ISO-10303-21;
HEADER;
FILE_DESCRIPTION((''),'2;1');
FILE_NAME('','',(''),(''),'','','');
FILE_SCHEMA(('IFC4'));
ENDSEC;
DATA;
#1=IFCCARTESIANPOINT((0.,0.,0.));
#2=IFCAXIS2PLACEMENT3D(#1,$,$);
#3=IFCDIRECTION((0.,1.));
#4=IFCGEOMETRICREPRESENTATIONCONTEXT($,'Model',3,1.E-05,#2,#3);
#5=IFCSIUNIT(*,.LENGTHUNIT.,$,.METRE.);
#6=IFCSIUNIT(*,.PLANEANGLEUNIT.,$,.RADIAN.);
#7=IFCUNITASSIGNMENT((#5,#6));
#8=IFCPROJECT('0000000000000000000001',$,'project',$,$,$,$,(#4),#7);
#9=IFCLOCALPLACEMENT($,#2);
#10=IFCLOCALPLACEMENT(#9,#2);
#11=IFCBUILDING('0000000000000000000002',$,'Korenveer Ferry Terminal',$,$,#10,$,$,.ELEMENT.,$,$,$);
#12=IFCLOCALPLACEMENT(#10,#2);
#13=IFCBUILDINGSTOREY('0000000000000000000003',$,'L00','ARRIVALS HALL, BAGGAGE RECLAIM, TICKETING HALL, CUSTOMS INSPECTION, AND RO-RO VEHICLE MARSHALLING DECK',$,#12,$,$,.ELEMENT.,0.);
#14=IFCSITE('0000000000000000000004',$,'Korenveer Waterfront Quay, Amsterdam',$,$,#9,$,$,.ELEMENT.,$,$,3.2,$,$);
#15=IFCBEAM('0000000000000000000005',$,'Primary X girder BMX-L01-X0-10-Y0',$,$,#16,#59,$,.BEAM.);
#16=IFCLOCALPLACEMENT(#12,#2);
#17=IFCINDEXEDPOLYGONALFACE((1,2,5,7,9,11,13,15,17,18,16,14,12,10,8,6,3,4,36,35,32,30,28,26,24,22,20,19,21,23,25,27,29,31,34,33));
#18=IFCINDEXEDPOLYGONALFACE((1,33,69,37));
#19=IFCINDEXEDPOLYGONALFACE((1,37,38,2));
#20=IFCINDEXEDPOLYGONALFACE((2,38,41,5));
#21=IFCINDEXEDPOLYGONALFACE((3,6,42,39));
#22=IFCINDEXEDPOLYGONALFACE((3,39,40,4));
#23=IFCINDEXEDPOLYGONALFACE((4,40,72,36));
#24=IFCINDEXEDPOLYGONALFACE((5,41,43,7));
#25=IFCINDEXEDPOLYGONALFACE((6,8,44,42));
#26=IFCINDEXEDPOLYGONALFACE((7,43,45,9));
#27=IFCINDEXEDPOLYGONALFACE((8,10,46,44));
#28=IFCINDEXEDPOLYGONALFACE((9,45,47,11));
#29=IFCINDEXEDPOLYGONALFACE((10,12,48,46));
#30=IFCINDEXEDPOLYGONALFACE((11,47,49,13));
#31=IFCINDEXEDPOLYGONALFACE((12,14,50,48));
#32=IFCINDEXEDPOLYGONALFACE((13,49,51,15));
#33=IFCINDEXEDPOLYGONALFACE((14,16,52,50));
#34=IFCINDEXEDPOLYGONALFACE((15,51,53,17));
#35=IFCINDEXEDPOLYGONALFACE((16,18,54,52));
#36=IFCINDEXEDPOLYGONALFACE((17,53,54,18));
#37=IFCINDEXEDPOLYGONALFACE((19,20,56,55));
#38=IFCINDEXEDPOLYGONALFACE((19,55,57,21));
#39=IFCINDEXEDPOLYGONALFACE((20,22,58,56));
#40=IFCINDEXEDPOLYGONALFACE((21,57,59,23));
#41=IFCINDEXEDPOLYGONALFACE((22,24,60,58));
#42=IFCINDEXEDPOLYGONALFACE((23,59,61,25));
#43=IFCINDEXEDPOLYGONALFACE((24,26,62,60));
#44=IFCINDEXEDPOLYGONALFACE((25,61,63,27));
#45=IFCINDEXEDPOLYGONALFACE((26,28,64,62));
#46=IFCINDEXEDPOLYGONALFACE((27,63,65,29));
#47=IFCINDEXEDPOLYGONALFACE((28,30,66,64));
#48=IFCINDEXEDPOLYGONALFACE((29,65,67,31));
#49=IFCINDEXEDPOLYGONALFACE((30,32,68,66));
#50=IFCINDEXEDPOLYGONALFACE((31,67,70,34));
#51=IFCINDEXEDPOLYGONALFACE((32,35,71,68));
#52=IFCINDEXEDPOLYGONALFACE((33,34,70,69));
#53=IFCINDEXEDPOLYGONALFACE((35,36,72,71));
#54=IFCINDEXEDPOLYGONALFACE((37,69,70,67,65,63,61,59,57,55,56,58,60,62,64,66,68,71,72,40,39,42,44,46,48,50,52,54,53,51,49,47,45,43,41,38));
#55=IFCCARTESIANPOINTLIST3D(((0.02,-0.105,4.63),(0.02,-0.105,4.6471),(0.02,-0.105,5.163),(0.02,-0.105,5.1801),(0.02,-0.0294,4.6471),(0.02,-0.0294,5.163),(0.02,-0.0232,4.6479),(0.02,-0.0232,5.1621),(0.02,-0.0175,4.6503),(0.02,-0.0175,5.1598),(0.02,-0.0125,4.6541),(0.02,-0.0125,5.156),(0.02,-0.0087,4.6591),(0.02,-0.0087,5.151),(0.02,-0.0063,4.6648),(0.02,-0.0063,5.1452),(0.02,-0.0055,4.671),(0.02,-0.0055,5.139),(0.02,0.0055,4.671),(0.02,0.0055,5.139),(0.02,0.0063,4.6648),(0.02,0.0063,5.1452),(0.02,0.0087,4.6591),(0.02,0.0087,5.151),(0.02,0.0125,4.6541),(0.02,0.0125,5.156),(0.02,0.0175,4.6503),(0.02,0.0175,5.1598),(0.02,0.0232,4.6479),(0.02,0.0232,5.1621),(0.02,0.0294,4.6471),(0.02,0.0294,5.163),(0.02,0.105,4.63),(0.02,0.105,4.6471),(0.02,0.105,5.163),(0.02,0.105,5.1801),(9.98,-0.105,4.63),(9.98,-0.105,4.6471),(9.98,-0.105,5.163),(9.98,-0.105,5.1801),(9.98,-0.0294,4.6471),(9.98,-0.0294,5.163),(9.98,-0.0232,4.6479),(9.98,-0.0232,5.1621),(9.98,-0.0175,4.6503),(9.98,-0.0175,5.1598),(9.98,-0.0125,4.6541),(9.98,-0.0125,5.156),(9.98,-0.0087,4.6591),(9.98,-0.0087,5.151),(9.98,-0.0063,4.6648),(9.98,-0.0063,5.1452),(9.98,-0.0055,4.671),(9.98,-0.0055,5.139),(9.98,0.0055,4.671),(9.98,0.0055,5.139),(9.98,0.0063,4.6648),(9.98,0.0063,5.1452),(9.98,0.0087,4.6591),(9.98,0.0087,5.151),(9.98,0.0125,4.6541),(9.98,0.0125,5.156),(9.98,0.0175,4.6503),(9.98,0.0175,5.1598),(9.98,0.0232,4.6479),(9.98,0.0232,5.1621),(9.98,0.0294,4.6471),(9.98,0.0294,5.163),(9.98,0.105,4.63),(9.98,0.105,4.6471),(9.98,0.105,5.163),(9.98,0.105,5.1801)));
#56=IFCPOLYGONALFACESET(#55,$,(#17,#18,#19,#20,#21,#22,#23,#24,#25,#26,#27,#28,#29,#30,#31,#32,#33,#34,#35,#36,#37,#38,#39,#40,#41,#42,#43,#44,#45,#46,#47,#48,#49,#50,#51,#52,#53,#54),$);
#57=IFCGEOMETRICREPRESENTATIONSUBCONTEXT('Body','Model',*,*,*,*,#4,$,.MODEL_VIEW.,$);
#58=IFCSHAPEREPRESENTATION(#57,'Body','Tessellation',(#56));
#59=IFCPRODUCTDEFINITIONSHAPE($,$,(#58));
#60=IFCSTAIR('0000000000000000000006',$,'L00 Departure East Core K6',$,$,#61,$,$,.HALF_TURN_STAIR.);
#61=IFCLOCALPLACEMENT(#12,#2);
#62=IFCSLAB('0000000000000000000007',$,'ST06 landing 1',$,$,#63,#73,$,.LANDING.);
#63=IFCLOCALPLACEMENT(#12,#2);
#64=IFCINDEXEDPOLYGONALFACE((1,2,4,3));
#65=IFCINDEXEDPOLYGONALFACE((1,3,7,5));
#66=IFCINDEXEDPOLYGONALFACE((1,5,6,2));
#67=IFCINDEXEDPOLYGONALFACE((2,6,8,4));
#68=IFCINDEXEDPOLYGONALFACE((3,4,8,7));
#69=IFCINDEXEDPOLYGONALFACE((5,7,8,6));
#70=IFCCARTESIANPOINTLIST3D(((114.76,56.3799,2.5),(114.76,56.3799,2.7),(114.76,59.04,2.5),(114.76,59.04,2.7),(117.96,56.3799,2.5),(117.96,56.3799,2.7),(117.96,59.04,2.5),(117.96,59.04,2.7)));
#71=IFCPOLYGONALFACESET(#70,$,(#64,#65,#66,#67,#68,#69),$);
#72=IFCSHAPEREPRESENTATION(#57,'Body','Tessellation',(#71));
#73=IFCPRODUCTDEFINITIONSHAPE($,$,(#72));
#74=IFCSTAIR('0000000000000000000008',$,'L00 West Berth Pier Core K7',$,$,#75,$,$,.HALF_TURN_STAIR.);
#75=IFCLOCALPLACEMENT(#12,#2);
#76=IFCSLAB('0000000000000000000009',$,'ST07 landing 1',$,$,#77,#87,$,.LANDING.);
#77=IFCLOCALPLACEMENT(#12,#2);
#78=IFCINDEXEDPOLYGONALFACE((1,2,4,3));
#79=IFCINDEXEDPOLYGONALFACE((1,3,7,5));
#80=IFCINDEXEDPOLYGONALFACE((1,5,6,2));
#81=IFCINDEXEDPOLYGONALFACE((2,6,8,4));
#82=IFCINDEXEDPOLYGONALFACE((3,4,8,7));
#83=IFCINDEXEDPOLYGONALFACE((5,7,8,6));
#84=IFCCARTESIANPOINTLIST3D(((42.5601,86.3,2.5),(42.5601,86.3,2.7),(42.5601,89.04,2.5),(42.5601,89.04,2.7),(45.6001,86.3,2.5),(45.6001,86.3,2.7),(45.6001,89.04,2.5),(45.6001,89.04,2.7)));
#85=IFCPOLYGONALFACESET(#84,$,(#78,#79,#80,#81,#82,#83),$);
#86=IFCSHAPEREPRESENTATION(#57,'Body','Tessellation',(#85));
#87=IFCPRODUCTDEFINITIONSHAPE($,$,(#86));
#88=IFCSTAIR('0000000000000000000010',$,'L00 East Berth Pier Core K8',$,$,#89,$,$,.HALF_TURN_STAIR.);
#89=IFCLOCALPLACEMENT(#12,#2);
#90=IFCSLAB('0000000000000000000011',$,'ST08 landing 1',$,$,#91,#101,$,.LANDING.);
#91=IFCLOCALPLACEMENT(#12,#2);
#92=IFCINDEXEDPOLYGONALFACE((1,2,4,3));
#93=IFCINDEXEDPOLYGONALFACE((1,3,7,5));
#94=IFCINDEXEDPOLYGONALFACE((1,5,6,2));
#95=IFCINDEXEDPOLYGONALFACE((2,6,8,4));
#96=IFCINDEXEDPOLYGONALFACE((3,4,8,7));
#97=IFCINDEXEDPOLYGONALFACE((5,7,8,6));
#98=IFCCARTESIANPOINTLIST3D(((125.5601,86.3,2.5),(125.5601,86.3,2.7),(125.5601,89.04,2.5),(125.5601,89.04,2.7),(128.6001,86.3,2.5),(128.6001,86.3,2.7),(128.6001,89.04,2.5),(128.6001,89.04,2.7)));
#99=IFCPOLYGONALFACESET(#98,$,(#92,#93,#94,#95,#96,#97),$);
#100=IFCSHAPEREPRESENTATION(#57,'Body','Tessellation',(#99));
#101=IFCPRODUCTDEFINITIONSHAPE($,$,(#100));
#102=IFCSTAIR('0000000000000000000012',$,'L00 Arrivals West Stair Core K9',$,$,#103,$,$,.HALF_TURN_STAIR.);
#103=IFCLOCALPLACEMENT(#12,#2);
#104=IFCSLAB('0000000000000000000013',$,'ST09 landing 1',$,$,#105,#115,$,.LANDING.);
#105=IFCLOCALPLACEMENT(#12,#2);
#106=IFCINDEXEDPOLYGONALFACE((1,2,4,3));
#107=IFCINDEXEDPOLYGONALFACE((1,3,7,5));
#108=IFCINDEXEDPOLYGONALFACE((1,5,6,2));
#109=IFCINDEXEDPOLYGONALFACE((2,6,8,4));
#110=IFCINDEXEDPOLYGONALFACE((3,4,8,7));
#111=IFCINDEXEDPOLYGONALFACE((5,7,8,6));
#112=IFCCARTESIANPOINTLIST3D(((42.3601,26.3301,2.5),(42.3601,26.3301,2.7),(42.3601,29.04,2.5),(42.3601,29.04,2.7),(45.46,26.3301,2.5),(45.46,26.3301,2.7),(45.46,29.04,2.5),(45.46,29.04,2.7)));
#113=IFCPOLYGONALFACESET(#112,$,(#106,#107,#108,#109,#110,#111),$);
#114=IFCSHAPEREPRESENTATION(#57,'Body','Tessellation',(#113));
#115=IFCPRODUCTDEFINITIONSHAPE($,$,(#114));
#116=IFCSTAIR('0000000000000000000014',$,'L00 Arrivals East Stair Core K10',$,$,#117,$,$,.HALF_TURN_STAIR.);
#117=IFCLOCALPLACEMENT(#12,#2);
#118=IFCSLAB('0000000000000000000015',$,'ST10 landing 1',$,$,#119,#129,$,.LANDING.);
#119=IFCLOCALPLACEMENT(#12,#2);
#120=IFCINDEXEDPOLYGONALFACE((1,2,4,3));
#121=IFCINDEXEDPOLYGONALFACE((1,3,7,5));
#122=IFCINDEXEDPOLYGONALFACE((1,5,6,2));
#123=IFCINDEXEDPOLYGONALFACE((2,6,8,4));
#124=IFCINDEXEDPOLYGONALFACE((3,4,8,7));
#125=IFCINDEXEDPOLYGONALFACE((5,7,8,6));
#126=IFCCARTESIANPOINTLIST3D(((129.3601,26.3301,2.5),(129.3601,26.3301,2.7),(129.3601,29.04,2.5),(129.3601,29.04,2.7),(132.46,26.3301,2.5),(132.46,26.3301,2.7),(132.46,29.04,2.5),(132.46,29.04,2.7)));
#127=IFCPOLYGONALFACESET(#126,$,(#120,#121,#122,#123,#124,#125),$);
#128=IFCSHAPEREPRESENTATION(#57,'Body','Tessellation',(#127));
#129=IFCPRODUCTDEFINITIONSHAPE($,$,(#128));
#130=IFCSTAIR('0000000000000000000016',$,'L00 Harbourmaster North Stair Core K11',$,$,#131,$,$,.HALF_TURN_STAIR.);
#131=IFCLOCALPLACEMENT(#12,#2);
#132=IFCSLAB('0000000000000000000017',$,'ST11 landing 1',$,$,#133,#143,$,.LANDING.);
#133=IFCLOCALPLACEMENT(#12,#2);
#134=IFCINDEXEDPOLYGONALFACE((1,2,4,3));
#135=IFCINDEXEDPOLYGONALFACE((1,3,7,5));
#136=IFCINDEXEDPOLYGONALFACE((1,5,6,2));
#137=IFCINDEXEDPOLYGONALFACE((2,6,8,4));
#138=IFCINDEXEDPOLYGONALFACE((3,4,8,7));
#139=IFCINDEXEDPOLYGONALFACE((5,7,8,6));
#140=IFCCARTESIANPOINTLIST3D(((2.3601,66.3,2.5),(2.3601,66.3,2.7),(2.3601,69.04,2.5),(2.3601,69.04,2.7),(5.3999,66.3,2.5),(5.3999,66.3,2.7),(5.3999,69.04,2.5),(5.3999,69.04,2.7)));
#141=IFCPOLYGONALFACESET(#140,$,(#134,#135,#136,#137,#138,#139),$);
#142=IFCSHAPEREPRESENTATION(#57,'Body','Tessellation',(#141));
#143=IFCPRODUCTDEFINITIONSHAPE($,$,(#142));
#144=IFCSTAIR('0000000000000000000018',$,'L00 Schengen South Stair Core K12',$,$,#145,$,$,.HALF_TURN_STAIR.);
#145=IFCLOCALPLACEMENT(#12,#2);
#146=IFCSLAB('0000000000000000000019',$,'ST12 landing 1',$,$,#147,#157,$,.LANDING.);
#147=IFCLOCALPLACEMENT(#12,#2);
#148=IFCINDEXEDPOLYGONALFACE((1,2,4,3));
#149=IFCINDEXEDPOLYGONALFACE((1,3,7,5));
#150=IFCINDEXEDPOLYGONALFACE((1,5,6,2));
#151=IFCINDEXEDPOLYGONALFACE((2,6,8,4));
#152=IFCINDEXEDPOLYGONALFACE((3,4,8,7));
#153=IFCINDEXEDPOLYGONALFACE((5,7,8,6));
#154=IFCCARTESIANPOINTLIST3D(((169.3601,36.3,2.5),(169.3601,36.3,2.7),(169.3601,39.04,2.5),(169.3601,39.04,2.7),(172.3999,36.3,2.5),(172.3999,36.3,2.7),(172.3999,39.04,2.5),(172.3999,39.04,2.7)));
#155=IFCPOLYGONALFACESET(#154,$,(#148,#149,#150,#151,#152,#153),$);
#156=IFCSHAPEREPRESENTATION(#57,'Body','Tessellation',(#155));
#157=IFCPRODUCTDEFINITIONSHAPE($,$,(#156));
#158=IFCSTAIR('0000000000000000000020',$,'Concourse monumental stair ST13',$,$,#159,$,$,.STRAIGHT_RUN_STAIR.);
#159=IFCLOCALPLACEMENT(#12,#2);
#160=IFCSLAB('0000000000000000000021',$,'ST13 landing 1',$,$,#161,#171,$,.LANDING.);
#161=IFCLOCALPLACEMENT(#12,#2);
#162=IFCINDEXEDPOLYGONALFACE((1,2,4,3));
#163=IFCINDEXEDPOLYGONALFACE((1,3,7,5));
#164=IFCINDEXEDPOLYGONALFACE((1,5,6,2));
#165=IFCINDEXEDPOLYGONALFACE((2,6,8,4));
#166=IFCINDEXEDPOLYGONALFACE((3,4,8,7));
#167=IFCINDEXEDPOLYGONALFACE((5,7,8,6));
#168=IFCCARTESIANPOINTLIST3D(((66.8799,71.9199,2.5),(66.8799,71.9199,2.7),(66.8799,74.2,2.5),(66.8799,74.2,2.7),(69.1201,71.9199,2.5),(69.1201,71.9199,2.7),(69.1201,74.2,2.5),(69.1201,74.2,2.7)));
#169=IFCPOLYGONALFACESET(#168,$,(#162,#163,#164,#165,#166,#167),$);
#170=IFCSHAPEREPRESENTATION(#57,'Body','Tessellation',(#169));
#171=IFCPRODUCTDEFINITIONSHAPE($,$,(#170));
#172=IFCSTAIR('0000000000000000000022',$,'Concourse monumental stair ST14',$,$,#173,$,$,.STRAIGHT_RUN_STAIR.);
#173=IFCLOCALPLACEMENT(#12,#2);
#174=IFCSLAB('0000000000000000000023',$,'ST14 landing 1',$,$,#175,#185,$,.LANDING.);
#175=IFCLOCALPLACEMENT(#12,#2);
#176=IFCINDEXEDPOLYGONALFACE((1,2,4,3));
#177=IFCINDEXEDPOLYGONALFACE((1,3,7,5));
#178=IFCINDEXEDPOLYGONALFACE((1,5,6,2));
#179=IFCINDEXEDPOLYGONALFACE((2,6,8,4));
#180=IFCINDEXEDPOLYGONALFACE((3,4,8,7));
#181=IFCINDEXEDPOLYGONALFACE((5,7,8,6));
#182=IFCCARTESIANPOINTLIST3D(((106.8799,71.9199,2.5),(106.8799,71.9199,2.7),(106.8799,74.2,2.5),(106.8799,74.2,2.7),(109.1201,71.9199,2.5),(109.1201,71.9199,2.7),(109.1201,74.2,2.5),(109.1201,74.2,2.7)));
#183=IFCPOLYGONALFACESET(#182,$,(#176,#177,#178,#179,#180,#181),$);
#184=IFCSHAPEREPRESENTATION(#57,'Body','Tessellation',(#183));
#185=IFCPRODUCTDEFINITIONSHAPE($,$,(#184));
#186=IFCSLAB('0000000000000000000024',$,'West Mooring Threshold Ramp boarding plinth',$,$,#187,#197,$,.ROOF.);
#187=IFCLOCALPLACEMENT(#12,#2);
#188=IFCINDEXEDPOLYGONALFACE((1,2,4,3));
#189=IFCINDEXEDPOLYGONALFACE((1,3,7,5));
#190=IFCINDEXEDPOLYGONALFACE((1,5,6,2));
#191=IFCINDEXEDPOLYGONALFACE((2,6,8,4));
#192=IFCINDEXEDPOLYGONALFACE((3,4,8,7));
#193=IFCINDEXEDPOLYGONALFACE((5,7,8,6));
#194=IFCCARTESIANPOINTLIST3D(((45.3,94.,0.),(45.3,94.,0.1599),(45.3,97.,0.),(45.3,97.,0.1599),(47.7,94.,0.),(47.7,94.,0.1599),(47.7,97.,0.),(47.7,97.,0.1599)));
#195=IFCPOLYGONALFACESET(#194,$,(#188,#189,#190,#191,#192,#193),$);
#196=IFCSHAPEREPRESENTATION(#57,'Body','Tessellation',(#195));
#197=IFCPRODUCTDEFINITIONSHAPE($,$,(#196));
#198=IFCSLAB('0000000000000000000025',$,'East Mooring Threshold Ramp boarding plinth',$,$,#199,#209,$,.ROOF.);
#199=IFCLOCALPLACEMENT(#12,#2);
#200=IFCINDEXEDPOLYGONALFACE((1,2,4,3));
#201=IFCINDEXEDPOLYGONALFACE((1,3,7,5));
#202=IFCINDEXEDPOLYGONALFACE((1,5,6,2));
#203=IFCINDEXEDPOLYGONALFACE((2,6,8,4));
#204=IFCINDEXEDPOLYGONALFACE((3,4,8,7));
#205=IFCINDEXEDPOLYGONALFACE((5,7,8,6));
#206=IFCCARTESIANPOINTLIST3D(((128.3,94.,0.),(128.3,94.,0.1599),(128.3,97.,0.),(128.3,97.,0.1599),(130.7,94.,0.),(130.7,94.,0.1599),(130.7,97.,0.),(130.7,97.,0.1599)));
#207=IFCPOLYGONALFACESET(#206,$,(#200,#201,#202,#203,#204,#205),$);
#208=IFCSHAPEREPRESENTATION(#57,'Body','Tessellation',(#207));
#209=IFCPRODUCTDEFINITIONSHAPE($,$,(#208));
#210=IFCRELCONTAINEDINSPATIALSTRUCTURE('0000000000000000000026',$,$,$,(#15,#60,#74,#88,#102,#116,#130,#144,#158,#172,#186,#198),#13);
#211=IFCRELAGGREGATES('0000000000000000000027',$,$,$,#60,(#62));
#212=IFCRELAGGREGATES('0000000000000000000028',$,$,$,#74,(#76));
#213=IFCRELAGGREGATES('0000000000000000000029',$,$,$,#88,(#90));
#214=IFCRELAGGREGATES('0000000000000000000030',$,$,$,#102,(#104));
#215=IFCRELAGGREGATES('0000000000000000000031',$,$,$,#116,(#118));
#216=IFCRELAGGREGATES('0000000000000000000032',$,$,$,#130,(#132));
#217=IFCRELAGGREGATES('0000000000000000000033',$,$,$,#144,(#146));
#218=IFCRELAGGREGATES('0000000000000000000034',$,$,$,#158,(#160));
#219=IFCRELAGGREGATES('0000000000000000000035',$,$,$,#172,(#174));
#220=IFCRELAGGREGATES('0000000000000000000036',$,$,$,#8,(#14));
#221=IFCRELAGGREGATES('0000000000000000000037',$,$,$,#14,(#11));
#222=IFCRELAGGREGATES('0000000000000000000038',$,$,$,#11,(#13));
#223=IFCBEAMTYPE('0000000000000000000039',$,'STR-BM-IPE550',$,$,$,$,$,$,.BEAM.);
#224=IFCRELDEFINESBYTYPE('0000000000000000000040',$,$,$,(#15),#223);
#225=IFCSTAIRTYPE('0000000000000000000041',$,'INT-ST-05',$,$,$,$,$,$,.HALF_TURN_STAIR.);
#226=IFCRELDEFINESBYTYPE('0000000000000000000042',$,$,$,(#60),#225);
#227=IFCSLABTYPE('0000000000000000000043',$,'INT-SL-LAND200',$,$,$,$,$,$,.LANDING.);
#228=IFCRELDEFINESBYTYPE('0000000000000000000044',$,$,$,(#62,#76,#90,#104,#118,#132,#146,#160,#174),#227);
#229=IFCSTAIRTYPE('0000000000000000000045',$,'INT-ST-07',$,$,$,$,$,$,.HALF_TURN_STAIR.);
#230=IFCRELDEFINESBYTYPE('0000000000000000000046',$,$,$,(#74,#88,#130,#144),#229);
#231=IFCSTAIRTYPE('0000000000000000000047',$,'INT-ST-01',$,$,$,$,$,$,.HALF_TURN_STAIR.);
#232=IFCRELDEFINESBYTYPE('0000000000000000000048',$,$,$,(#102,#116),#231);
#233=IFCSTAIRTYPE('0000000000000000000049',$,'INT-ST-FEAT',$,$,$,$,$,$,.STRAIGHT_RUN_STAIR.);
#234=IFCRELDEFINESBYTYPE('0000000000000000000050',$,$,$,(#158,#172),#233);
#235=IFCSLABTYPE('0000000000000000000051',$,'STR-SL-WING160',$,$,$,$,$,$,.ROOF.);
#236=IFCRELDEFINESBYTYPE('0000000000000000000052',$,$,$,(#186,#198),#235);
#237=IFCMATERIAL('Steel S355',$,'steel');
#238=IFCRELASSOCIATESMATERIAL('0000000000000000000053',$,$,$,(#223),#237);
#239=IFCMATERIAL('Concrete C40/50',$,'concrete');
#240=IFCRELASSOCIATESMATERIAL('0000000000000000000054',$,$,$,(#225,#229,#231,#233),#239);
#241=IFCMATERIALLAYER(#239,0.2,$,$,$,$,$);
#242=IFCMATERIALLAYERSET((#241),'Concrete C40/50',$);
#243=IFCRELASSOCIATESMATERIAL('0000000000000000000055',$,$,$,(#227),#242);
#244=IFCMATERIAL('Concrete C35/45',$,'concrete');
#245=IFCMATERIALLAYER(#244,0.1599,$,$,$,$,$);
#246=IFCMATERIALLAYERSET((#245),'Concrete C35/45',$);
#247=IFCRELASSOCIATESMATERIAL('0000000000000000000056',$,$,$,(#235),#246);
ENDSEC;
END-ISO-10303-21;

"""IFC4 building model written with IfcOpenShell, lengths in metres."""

from ifc_helpers import new_model, si_unit, direction, frame, origin, origin_2d, place, context, subcontext, project, spatial, polyline, i_section, outline, extrude, material, layer, layer_set, material_profile, profile_set, type_object, element, aggregate, save


model = new_model("IFC4")

# Units and contexts
model_context = context("Model", 3, precision=1e-05, world=origin(), true_north=direction((0.0, 1.0)))
body_context = subcontext(model_context, "Body", "Model", "MODEL_VIEW")
ifc_project = project(units=[si_unit("LENGTHUNIT", "METRE"), si_unit("PLANEANGLEUNIT", "RADIAN")], contexts=[model_context])

# Site, building, storey
site_placement = place(None, origin())
site = spatial("IfcSite", under=ifc_project, at=site_placement, Name="Korenveer Waterfront Quay, Amsterdam", CompositionType="ELEMENT", RefElevation=3.2)
building_placement = place(site_placement, origin())
building = spatial("IfcBuilding", under=site, at=building_placement, Name="Korenveer Ferry Terminal", CompositionType="ELEMENT")
storey_placement = place(building_placement, origin())
storey = spatial("IfcBuildingStorey", under=building, at=storey_placement, Name="L00", Description="ARRIVALS HALL, BAGGAGE RECLAIM, TICKETING HALL, CUSTOMS INSPECTION, AND RO-RO VEHICLE MARSHALLING DECK", CompositionType="ELEMENT", Elevation=0.0)

# Beam
ifc_material_1 = material(Name="Steel S355", Category="steel")
ifc_material_profile = material_profile(ifc_material_1, i_section(OverallWidth=0.21, OverallDepth=0.55, WebThickness=0.011, FlangeThickness=0.0171, FilletRadius=0.0239, at=origin_2d()), Name="IPE 550")
ifc_profile_set = profile_set([ifc_material_profile], Name="Steel S355")
beam_type = type_object("IfcBeamType", Name="STR-BM-IPE550", PredefinedType="BEAM", material=ifc_profile_set)
beam_placement = place(storey_placement, frame((0.02, 0.0, 4.905), z_axis=(1.0, 0.0, 0.0), x_axis=(0.0, 1.0, 0.0)))
element("IfcBeam", 1, at=beam_placement, inside=storey, type_object=beam_type, Name="Primary X girder BMX-L01-X0-10-Y0", PredefinedType="BEAM", context=body_context, shape_type="SweptSolid", body=[
    extrude(i_section(OverallWidth=0.21, OverallDepth=0.55, WebThickness=0.011, FlangeThickness=0.0171, FilletRadius=0.0239, at=origin_2d()), origin(), (0.0, 0.0, 1.0), 9.96),
])

# Stairs, slabs
ifc_material_2 = material(Name="Concrete C40/50", Category="concrete")
stair_type_1 = type_object("IfcStairType", Name="INT-ST-05", PredefinedType="HALF_TURN_STAIR", material=ifc_material_2)
stair_1_placement = place(storey_placement, frame((117.21, 52.46, 0.0)))
stair_1 = element("IfcStair", 2, at=stair_1_placement, inside=storey, type_object=stair_type_1, Name="L00 Departure East Core K6", PredefinedType="HALF_TURN_STAIR")
ifc_layer_1 = layer(ifc_material_2, 0.2)
ifc_layer_set_1 = layer_set([ifc_layer_1], Name="Concrete C40/50")
slab_type_1 = type_object("IfcSlabType", Name="INT-SL-LAND200", PredefinedType="LANDING", material=ifc_layer_set_1)
slab_1_placement = place(storey_placement, frame((0.0, 0.0, 2.5)))
slab_1 = element("IfcSlab", 3, at=slab_1_placement, type_object=slab_type_1, Name="ST06 landing 1", PredefinedType="LANDING", context=body_context, shape_type="SweptSolid", body=[
    extrude(outline(polyline([(117.96, 56.3799), (117.96, 59.04), (114.76, 59.04), (114.76, 56.3799), (117.96, 56.3799)])), origin(), (0.0, 0.0, 1.0), 0.2),
])
aggregate(stair_1, [slab_1])
stair_type_2 = type_object("IfcStairType", Name="INT-ST-07", PredefinedType="HALF_TURN_STAIR", material=ifc_material_2)
stair_2_placement = place(storey_placement, frame((44.8899, 82.3799, 0.0)))
stair_2 = element("IfcStair", 4, at=stair_2_placement, inside=storey, type_object=stair_type_2, Name="L00 West Berth Pier Core K7", PredefinedType="HALF_TURN_STAIR")
slab_2_placement = place(storey_placement, frame((0.0, 0.0, 2.5)))
slab_2 = element("IfcSlab", 5, at=slab_2_placement, type_object=slab_type_1, Name="ST07 landing 1", PredefinedType="LANDING", context=body_context, shape_type="SweptSolid", body=[
    extrude(outline(polyline([(45.6001, 86.3), (45.6001, 89.04), (42.5601, 89.04), (42.5601, 86.3), (45.6001, 86.3)])), origin(), (0.0, 0.0, 1.0), 0.2),
])
aggregate(stair_2, [slab_2])
stair_3_placement = place(storey_placement, frame((127.8899, 82.3799, 0.0)))
stair_3 = element("IfcStair", 6, at=stair_3_placement, inside=storey, type_object=stair_type_2, Name="L00 East Berth Pier Core K8", PredefinedType="HALF_TURN_STAIR")
slab_3_placement = place(storey_placement, frame((0.0, 0.0, 2.5)))
slab_3 = element("IfcSlab", 7, at=slab_3_placement, type_object=slab_type_1, Name="ST08 landing 1", PredefinedType="LANDING", context=body_context, shape_type="SweptSolid", body=[
    extrude(outline(polyline([(128.6001, 86.3), (128.6001, 89.04), (125.5601, 89.04), (125.5601, 86.3), (128.6001, 86.3)])), origin(), (0.0, 0.0, 1.0), 0.2),
])
aggregate(stair_3, [slab_3])
stair_type_3 = type_object("IfcStairType", Name="INT-ST-01", PredefinedType="HALF_TURN_STAIR", material=ifc_material_2)
stair_4_placement = place(storey_placement, frame((44.7351, 22.4099, 0.0)))
stair_4 = element("IfcStair", 8, at=stair_4_placement, inside=storey, type_object=stair_type_3, Name="L00 Arrivals West Stair Core K9", PredefinedType="HALF_TURN_STAIR")
slab_4_placement = place(storey_placement, frame((0.0, 0.0, 2.5)))
slab_4 = element("IfcSlab", 9, at=slab_4_placement, type_object=slab_type_1, Name="ST09 landing 1", PredefinedType="LANDING", context=body_context, shape_type="SweptSolid", body=[
    extrude(outline(polyline([(45.46, 26.3301), (45.46, 29.04), (42.3601, 29.04), (42.3601, 26.3301), (45.46, 26.3301)])), origin(), (0.0, 0.0, 1.0), 0.2),
])
aggregate(stair_4, [slab_4])
stair_5_placement = place(storey_placement, frame((131.7351, 22.4099, 0.0)))
stair_5 = element("IfcStair", 10, at=stair_5_placement, inside=storey, type_object=stair_type_3, Name="L00 Arrivals East Stair Core K10", PredefinedType="HALF_TURN_STAIR")
slab_5_placement = place(storey_placement, frame((0.0, 0.0, 2.5)))
slab_5 = element("IfcSlab", 11, at=slab_5_placement, type_object=slab_type_1, Name="ST10 landing 1", PredefinedType="LANDING", context=body_context, shape_type="SweptSolid", body=[
    extrude(outline(polyline([(132.46, 26.3301), (132.46, 29.04), (129.3601, 29.04), (129.3601, 26.3301), (132.46, 26.3301)])), origin(), (0.0, 0.0, 1.0), 0.2),
])
aggregate(stair_5, [slab_5])
stair_6_placement = place(storey_placement, frame((4.6899, 62.3799, 0.0)))
stair_6 = element("IfcStair", 12, at=stair_6_placement, inside=storey, type_object=stair_type_2, Name="L00 Harbourmaster North Stair Core K11", PredefinedType="HALF_TURN_STAIR")
slab_6_placement = place(storey_placement, frame((0.0, 0.0, 2.5)))
slab_6 = element("IfcSlab", 13, at=slab_6_placement, type_object=slab_type_1, Name="ST11 landing 1", PredefinedType="LANDING", context=body_context, shape_type="SweptSolid", body=[
    extrude(outline(polyline([(5.3999, 66.3), (5.3999, 69.04), (2.3601, 69.04), (2.3601, 66.3), (5.3999, 66.3)])), origin(), (0.0, 0.0, 1.0), 0.2),
])
aggregate(stair_6, [slab_6])
stair_7_placement = place(storey_placement, frame((171.6899, 32.3799, 0.0)))
stair_7 = element("IfcStair", 14, at=stair_7_placement, inside=storey, type_object=stair_type_2, Name="L00 Schengen South Stair Core K12", PredefinedType="HALF_TURN_STAIR")
slab_7_placement = place(storey_placement, frame((0.0, 0.0, 2.5)))
slab_7 = element("IfcSlab", 15, at=slab_7_placement, type_object=slab_type_1, Name="ST12 landing 1", PredefinedType="LANDING", context=body_context, shape_type="SweptSolid", body=[
    extrude(outline(polyline([(172.3999, 36.3), (172.3999, 39.04), (169.3601, 39.04), (169.3601, 36.3), (172.3999, 36.3)])), origin(), (0.0, 0.0, 1.0), 0.2),
])
aggregate(stair_7, [slab_7])
stair_type_4 = type_object("IfcStairType", Name="INT-ST-FEAT", PredefinedType="STRAIGHT_RUN_STAIR", material=ifc_material_2)
stair_8_placement = place(storey_placement, frame((68.0, 68.1599, 0.0)))
stair_8 = element("IfcStair", 16, at=stair_8_placement, inside=storey, type_object=stair_type_4, Name="Concourse monumental stair ST13", PredefinedType="STRAIGHT_RUN_STAIR")
slab_8_placement = place(storey_placement, frame((0.0, 0.0, 2.5)))
slab_8 = element("IfcSlab", 17, at=slab_8_placement, type_object=slab_type_1, Name="ST13 landing 1", PredefinedType="LANDING", context=body_context, shape_type="SweptSolid", body=[
    extrude(outline(polyline([(66.8799, 71.9199), (69.1201, 71.9199), (69.1201, 74.2), (66.8799, 74.2), (66.8799, 71.9199)])), origin(), (0.0, 0.0, 1.0), 0.2),
])
aggregate(stair_8, [slab_8])
stair_9_placement = place(storey_placement, frame((108.0, 68.1599, 0.0)))
stair_9 = element("IfcStair", 18, at=stair_9_placement, inside=storey, type_object=stair_type_4, Name="Concourse monumental stair ST14", PredefinedType="STRAIGHT_RUN_STAIR")
slab_9_placement = place(storey_placement, frame((0.0, 0.0, 2.5)))
slab_9 = element("IfcSlab", 19, at=slab_9_placement, type_object=slab_type_1, Name="ST14 landing 1", PredefinedType="LANDING", context=body_context, shape_type="SweptSolid", body=[
    extrude(outline(polyline([(106.8799, 71.9199), (109.1201, 71.9199), (109.1201, 74.2), (106.8799, 74.2), (106.8799, 71.9199)])), origin(), (0.0, 0.0, 1.0), 0.2),
])
aggregate(stair_9, [slab_9])

# Slabs
ifc_material_3 = material(Name="Concrete C35/45", Category="concrete")
ifc_layer_2 = layer(ifc_material_3, 0.1599)
ifc_layer_set_2 = layer_set([ifc_layer_2], Name="Concrete C35/45")
slab_type_2 = type_object("IfcSlabType", Name="STR-SL-WING160", PredefinedType="ROOF", material=ifc_layer_set_2)
slab_10_placement = place(storey_placement, origin())
element("IfcSlab", 20, at=slab_10_placement, inside=storey, type_object=slab_type_2, Name="West Mooring Threshold Ramp boarding plinth", PredefinedType="ROOF", context=body_context, shape_type="SweptSolid", body=[
    extrude(outline(polyline([(45.3, 94.0), (47.7, 94.0), (47.7, 97.0), (45.3, 97.0), (45.3, 94.0)])), origin(), (0.0, 0.0, 1.0), 0.1599),
])
slab_11_placement = place(storey_placement, origin())
element("IfcSlab", 21, at=slab_11_placement, inside=storey, type_object=slab_type_2, Name="East Mooring Threshold Ramp boarding plinth", PredefinedType="ROOF", context=body_context, shape_type="SweptSolid", body=[
    extrude(outline(polyline([(128.3, 94.0), (130.7, 94.0), (130.7, 97.0), (128.3, 97.0), (128.3, 94.0)])), origin(), (0.0, 0.0, 1.0), 0.1599),
])

save(model, "model.ifc")
